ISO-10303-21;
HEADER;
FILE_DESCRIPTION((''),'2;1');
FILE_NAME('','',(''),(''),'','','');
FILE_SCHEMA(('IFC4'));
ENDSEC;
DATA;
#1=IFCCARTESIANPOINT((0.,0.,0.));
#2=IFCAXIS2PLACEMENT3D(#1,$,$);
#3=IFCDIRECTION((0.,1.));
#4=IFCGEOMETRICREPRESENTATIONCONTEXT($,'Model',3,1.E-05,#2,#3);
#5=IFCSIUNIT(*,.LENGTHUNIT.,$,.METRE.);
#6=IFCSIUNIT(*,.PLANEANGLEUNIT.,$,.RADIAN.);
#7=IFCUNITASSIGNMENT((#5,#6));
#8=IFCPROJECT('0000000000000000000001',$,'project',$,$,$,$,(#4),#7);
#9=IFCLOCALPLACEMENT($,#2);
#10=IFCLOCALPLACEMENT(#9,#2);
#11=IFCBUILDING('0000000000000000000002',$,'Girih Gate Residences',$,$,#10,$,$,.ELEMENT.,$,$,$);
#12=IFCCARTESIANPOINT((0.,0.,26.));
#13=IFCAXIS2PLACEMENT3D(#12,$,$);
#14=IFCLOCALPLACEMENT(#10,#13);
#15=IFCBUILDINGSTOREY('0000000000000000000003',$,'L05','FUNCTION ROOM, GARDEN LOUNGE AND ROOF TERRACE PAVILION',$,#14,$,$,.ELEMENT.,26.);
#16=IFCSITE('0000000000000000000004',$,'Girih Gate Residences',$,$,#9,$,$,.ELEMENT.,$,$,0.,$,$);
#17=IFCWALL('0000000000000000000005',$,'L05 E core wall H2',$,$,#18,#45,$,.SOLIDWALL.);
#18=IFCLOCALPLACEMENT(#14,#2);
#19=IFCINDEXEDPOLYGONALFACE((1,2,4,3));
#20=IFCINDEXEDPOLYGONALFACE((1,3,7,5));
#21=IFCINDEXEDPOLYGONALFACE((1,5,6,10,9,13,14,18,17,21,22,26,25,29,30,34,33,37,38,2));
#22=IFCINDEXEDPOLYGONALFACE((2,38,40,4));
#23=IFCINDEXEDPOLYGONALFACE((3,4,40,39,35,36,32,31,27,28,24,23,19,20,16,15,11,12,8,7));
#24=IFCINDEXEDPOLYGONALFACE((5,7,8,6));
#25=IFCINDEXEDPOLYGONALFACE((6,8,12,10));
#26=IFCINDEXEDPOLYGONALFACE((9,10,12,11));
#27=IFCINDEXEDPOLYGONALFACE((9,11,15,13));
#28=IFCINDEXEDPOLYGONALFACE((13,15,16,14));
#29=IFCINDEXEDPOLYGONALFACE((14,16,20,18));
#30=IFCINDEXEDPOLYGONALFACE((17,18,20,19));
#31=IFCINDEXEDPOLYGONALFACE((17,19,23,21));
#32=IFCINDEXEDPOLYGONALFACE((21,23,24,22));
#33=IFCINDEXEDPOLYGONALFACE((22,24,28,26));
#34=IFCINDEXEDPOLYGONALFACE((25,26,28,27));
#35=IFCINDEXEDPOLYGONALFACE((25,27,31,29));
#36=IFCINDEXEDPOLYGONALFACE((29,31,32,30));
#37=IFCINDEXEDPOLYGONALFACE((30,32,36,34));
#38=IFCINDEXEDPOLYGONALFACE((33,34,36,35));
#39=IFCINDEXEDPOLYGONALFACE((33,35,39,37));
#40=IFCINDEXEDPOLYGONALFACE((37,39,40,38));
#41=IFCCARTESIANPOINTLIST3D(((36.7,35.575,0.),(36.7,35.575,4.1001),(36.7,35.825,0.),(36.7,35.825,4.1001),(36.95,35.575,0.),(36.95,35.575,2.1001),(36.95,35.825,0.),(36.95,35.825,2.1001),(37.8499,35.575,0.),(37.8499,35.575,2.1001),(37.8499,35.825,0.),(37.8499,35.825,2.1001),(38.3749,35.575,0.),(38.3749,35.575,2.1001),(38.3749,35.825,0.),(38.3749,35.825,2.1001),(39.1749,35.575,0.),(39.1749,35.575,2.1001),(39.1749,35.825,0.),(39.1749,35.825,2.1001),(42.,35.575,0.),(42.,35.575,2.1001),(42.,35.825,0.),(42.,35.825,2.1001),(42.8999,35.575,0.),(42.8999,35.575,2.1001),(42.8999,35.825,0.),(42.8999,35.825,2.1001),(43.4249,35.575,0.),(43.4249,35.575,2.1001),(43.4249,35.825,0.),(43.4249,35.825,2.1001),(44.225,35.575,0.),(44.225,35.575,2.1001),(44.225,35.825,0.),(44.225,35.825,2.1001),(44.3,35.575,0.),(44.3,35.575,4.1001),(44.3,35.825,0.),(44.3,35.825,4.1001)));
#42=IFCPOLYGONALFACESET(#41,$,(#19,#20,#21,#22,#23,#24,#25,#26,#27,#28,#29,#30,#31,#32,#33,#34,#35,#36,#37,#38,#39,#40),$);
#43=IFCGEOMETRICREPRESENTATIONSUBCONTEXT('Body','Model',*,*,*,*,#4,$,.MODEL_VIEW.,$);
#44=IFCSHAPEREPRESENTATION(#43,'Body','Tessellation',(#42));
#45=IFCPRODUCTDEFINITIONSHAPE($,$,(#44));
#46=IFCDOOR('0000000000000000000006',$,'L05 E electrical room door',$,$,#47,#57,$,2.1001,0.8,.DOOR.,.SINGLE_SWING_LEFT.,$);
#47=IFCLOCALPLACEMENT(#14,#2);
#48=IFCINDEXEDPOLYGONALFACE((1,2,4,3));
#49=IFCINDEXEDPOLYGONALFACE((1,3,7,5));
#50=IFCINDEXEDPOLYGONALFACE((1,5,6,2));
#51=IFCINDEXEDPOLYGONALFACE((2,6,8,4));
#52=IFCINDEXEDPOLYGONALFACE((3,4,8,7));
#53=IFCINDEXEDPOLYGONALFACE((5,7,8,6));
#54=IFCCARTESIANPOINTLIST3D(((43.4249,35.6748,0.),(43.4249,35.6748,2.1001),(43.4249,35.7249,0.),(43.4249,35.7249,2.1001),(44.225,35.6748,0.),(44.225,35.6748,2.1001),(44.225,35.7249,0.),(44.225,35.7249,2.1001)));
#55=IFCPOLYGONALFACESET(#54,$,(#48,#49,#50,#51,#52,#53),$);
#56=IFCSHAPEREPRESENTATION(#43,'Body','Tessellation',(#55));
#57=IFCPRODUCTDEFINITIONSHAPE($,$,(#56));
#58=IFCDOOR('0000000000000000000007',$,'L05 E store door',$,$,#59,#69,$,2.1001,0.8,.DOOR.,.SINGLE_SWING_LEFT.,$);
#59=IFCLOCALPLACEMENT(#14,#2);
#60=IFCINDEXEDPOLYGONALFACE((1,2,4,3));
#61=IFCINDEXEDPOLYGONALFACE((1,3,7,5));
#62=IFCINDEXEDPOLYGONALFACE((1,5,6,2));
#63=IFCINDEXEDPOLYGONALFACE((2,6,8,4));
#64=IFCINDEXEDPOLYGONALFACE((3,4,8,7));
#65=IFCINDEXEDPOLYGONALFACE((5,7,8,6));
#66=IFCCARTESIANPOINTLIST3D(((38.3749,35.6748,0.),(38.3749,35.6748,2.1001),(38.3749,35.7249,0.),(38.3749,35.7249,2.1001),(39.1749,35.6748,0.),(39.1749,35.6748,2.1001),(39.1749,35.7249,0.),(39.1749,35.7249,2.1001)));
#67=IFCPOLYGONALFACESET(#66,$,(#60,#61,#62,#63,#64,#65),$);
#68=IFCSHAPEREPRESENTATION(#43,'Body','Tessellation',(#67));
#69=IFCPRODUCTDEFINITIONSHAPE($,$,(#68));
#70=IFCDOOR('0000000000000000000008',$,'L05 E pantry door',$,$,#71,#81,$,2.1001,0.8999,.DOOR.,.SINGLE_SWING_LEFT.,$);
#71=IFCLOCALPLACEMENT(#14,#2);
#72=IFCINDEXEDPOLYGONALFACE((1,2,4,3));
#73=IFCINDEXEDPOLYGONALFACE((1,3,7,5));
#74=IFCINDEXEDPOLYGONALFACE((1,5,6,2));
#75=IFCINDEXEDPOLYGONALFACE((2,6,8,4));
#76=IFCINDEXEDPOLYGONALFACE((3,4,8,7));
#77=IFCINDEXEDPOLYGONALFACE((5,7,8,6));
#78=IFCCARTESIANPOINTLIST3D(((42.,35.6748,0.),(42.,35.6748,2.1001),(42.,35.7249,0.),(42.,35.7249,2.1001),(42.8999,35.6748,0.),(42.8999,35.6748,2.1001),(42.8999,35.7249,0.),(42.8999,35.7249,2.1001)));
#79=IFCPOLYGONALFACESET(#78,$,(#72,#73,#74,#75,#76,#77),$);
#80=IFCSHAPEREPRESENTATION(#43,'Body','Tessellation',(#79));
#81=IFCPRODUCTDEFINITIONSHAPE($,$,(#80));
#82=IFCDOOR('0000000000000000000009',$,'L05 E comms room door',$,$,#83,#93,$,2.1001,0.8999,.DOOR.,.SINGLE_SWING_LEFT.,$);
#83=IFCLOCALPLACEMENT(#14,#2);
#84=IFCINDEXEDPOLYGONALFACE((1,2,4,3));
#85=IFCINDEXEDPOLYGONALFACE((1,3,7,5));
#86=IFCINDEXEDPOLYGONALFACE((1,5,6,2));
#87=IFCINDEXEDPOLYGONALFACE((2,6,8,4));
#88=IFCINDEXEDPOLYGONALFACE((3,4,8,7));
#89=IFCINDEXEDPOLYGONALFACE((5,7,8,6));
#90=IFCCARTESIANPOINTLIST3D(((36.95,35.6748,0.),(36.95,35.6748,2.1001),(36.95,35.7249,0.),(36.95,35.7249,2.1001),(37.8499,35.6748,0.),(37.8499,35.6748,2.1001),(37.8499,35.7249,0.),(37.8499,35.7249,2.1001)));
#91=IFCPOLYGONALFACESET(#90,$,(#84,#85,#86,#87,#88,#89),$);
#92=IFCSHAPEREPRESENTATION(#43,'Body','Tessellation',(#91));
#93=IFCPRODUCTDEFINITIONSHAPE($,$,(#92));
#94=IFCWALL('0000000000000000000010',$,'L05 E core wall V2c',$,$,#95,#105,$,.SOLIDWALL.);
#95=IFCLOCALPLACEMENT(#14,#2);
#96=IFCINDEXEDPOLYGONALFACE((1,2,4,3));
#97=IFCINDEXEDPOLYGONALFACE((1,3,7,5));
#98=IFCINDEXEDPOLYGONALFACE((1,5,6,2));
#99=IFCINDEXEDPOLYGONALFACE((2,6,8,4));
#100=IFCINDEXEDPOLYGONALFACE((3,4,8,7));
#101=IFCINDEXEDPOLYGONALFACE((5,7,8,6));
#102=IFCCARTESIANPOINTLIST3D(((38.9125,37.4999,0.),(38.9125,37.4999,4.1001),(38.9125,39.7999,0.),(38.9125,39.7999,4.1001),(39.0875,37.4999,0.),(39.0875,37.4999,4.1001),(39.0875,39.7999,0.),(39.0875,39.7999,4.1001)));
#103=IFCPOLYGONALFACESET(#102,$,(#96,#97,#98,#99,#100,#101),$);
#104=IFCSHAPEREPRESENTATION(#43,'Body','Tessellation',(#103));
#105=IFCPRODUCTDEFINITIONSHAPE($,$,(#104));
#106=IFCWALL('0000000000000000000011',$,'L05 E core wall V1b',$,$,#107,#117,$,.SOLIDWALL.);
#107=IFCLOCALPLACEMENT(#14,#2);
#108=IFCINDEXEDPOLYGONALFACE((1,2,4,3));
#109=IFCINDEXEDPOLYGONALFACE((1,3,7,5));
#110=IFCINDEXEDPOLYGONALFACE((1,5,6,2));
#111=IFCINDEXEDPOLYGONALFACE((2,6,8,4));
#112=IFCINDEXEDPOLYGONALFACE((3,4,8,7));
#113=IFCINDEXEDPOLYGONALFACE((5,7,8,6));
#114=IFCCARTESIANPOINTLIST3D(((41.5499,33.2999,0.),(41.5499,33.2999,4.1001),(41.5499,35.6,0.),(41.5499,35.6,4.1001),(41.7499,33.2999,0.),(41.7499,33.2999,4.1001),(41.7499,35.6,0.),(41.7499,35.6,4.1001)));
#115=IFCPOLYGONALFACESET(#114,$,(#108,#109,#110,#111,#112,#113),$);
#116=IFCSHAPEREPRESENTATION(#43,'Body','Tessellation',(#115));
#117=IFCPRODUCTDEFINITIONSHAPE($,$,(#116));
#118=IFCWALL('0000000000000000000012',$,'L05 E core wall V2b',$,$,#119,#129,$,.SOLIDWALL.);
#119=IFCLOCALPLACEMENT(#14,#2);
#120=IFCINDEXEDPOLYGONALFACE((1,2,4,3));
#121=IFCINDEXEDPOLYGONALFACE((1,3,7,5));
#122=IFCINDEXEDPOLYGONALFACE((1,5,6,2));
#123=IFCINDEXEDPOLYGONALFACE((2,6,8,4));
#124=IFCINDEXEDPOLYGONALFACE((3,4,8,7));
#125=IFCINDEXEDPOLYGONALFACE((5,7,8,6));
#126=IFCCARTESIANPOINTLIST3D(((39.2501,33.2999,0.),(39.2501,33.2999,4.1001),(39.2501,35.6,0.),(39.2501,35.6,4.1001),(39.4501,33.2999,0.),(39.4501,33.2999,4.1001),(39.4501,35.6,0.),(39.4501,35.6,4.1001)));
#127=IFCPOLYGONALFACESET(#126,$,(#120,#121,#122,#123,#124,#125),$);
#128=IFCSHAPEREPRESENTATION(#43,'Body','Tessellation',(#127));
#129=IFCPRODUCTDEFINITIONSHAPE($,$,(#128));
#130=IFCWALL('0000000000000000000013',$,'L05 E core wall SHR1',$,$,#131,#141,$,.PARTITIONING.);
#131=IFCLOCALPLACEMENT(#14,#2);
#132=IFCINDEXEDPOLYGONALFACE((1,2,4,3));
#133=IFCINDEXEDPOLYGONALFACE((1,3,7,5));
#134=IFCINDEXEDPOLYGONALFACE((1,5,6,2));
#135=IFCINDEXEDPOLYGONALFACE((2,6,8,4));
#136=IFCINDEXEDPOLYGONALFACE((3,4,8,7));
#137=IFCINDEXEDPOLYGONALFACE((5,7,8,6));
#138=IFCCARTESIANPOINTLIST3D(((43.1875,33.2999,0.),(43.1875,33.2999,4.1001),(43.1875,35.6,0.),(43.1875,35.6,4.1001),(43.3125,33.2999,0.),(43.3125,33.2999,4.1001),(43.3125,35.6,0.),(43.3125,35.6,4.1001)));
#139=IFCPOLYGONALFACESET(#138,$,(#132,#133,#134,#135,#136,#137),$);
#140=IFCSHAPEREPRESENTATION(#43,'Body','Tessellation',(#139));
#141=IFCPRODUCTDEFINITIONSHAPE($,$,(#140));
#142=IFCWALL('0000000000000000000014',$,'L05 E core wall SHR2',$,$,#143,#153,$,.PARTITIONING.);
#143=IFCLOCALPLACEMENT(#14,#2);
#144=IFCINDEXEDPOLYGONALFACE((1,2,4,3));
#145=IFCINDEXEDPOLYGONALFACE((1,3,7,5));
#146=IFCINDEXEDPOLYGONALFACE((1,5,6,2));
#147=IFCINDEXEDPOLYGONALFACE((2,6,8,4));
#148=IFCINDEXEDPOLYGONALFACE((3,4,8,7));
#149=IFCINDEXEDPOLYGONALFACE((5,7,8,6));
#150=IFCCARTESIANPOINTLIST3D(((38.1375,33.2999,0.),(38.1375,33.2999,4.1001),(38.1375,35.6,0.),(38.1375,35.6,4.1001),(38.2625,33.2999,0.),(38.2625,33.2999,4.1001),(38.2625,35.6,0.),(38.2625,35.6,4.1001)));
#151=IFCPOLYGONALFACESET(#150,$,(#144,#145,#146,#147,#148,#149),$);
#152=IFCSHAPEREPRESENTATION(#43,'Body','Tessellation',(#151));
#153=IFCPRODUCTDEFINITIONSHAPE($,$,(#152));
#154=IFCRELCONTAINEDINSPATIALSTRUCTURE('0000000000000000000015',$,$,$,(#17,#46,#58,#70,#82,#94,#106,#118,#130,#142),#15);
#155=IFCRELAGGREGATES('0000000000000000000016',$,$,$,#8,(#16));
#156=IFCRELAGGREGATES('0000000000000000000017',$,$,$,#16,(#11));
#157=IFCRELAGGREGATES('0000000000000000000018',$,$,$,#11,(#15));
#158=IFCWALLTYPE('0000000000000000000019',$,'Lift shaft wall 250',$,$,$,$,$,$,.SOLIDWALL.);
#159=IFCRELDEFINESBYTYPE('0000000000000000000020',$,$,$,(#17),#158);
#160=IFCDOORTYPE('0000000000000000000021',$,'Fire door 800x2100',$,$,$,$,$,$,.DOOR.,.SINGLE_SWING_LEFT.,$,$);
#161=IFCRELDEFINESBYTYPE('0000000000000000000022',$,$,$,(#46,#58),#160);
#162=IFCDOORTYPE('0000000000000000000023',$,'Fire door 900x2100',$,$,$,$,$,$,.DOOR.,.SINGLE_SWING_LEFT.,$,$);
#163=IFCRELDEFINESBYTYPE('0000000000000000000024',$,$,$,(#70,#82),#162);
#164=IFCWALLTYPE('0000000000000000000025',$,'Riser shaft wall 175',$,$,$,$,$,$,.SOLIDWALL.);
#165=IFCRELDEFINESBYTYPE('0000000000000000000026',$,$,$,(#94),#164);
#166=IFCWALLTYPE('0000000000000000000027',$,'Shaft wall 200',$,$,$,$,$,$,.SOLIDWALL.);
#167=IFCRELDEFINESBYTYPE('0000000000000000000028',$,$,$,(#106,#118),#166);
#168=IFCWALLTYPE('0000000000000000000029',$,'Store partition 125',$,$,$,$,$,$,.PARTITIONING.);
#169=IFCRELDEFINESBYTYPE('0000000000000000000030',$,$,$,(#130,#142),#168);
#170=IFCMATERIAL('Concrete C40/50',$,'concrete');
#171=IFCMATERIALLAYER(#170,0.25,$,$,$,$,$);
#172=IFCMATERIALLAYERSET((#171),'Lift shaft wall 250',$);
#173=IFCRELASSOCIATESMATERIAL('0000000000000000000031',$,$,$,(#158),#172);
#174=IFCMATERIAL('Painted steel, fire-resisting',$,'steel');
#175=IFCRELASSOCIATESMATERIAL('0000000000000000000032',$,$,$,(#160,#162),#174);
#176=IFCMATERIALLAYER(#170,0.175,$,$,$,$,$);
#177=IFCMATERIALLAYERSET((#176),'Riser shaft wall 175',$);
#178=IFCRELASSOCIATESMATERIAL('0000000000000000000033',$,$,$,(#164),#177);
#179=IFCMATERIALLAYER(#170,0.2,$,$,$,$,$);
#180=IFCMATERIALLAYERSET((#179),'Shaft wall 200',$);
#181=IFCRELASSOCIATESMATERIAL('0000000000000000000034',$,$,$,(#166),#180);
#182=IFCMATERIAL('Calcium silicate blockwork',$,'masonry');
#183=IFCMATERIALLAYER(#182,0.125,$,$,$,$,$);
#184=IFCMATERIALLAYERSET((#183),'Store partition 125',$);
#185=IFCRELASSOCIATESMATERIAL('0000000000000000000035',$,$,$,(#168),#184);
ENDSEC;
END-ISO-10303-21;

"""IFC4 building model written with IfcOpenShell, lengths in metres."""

from ifc_helpers import new_model, si_unit, direction, frame, frame_2d, origin, place, context, subcontext, project, spatial, rectangle, extrude, material, layer, layer_set, type_object, element, fill, save


model = new_model("IFC4")

# Units and contexts
model_context = context("Model", 3, precision=1e-05, world=origin(), true_north=direction((0.0, 1.0)))
body_context = subcontext(model_context, "Body", "Model", "MODEL_VIEW")
ifc_project = project(units=[si_unit("LENGTHUNIT", "METRE"), si_unit("PLANEANGLEUNIT", "RADIAN")], contexts=[model_context])

# Site, building, storey
site_placement = place(None, origin())
site = spatial("IfcSite", under=ifc_project, at=site_placement, Name="Girih Gate Residences", CompositionType="ELEMENT", RefElevation=0.0)
building_placement = place(site_placement, origin())
building = spatial("IfcBuilding", under=site, at=building_placement, Name="Girih Gate Residences", CompositionType="ELEMENT")
storey_placement = place(building_placement, frame((0.0, 0.0, 26.0)))
storey = spatial("IfcBuildingStorey", under=building, at=storey_placement, Name="L05", Description="FUNCTION ROOM, GARDEN LOUNGE AND ROOF TERRACE PAVILION", CompositionType="ELEMENT", Elevation=26.0)

# Shared definitions
ifc_material_1 = material(Name="Concrete C40/50", Category="concrete")
ifc_layer_1 = layer(ifc_material_1, 0.25)
ifc_layer_set_1 = layer_set([ifc_layer_1], Name="Lift shaft wall 250")
wall_type_1 = type_object("IfcWallType", Name="Lift shaft wall 250", PredefinedType="SOLIDWALL", material=ifc_layer_set_1)

# Wall, openings, doors
wall_1_placement = place(storey_placement, frame((36.7, 35.7, 0.0), z_axis=(0.0, 0.0, 1.0), x_axis=(1.0, 0.0, 0.0)))
wall_1 = element("IfcWall", 1, at=wall_1_placement, inside=storey, type_object=wall_type_1, Name="L05 E core wall H2", PredefinedType="SOLIDWALL", context=body_context, shape_type="SweptSolid", body=[
    extrude(rectangle(XDim=7.6001, YDim=0.25, at=frame_2d((3.8, 0.0))), origin(), (0.0, 0.0, 1.0), 4.1001),
])
opening_1_placement = place(wall_1_placement, frame((6.7251, 0.0, 0.0)))
opening_1 = element("IfcOpeningElement", 2, at=opening_1_placement, cuts=wall_1, PredefinedType="OPENING", context=body_context, shape_type="SweptSolid", body=[
    extrude(rectangle(XDim=0.8, YDim=2.1001, at=frame_2d((0.3999, 1.05))), frame((0.0, 0.135, 0.0), z_axis=(0.0, -1.0, 0.0), x_axis=(1.0, 0.0, 0.0)), (0.0, 0.0, 1.0), 0.27),
])
opening_2_placement = place(wall_1_placement, frame((5.3, 0.0, 0.0)))
opening_2 = element("IfcOpeningElement", 3, at=opening_2_placement, cuts=wall_1, PredefinedType="OPENING", context=body_context, shape_type="SweptSolid", body=[
    extrude(rectangle(XDim=0.8999, YDim=2.1001, at=frame_2d((0.45, 1.05))), frame((0.0, 0.135, 0.0), z_axis=(0.0, -1.0, 0.0), x_axis=(1.0, 0.0, 0.0)), (0.0, 0.0, 1.0), 0.27),
])
opening_3_placement = place(wall_1_placement, frame((1.675, 0.0, 0.0)))
opening_3 = element("IfcOpeningElement", 4, at=opening_3_placement, cuts=wall_1, PredefinedType="OPENING", context=body_context, shape_type="SweptSolid", body=[
    extrude(rectangle(XDim=0.8, YDim=2.1001, at=frame_2d((0.3999, 1.05))), frame((0.0, 0.135, 0.0), z_axis=(0.0, -1.0, 0.0), x_axis=(1.0, 0.0, 0.0)), (0.0, 0.0, 1.0), 0.27),
])
opening_4_placement = place(wall_1_placement, frame((0.25, 0.0, 0.0)))
opening_4 = element("IfcOpeningElement", 5, at=opening_4_placement, cuts=wall_1, PredefinedType="OPENING", context=body_context, shape_type="SweptSolid", body=[
    extrude(rectangle(XDim=0.8999, YDim=2.1001, at=frame_2d((0.45, 1.05))), frame((0.0, 0.135, 0.0), z_axis=(0.0, -1.0, 0.0), x_axis=(1.0, 0.0, 0.0)), (0.0, 0.0, 1.0), 0.27),
])
ifc_material_2 = material(Name="Painted steel, fire-resisting", Category="steel")
door_type_1 = type_object("IfcDoorType", Name="Fire door 800x2100", OperationType="SINGLE_SWING_LEFT", PredefinedType="DOOR", material=ifc_material_2)
door_1_placement = place(opening_1_placement, origin())
door_1 = element("IfcDoor", 6, at=door_1_placement, inside=storey, type_object=door_type_1, Name="L05 E electrical room door", OperationType="SINGLE_SWING_LEFT", OverallHeight=2.1001, OverallWidth=0.8, PredefinedType="DOOR", context=body_context, shape_type="SweptSolid", body=[
    extrude(rectangle(XDim=0.8, YDim=2.1001, at=frame_2d((0.3999, 1.05))), frame((0.0, 0.0249, 0.0), z_axis=(0.0, -1.0, 0.0), x_axis=(1.0, 0.0, 0.0)), (0.0, 0.0, 1.0), 0.05),
])
fill(opening_1, door_1)
door_2_placement = place(opening_3_placement, origin())
door_2 = element("IfcDoor", 7, at=door_2_placement, inside=storey, type_object=door_type_1, Name="L05 E store door", OperationType="SINGLE_SWING_LEFT", OverallHeight=2.1001, OverallWidth=0.8, PredefinedType="DOOR", context=body_context, shape_type="SweptSolid", body=[
    extrude(rectangle(XDim=0.8, YDim=2.1001, at=frame_2d((0.3999, 1.05))), frame((0.0, 0.0249, 0.0), z_axis=(0.0, -1.0, 0.0), x_axis=(1.0, 0.0, 0.0)), (0.0, 0.0, 1.0), 0.05),
])
fill(opening_3, door_2)
door_type_2 = type_object("IfcDoorType", Name="Fire door 900x2100", OperationType="SINGLE_SWING_LEFT", PredefinedType="DOOR", material=ifc_material_2)
door_3_placement = place(opening_2_placement, origin())
door_3 = element("IfcDoor", 8, at=door_3_placement, inside=storey, type_object=door_type_2, Name="L05 E pantry door", OperationType="SINGLE_SWING_LEFT", OverallHeight=2.1001, OverallWidth=0.8999, PredefinedType="DOOR", context=body_context, shape_type="SweptSolid", body=[
    extrude(rectangle(XDim=0.8999, YDim=2.1001, at=frame_2d((0.45, 1.05))), frame((0.0, 0.0249, 0.0), z_axis=(0.0, -1.0, 0.0), x_axis=(1.0, 0.0, 0.0)), (0.0, 0.0, 1.0), 0.05),
])
fill(opening_2, door_3)
door_4_placement = place(opening_4_placement, origin())
door_4 = element("IfcDoor", 9, at=door_4_placement, inside=storey, type_object=door_type_2, Name="L05 E comms room door", OperationType="SINGLE_SWING_LEFT", OverallHeight=2.1001, OverallWidth=0.8999, PredefinedType="DOOR", context=body_context, shape_type="SweptSolid", body=[
    extrude(rectangle(XDim=0.8999, YDim=2.1001, at=frame_2d((0.45, 1.05))), frame((0.0, 0.0249, 0.0), z_axis=(0.0, -1.0, 0.0), x_axis=(1.0, 0.0, 0.0)), (0.0, 0.0, 1.0), 0.05),
])
fill(opening_4, door_4)

# Walls
ifc_layer_2 = layer(ifc_material_1, 0.175)
ifc_layer_set_2 = layer_set([ifc_layer_2], Name="Riser shaft wall 175")
wall_type_2 = type_object("IfcWallType", Name="Riser shaft wall 175", PredefinedType="SOLIDWALL", material=ifc_layer_set_2)
wall_2_placement = place(storey_placement, frame((39.0, 37.5, 0.0), z_axis=(0.0, 0.0, 1.0), x_axis=(0.0, 1.0, 0.0)))
element("IfcWall", 10, at=wall_2_placement, inside=storey, type_object=wall_type_2, Name="L05 E core wall V2c", PredefinedType="SOLIDWALL", context=body_context, shape_type="SweptSolid", body=[
    extrude(rectangle(XDim=2.3, YDim=0.175, at=frame_2d((1.1499, 0.0))), origin(), (0.0, 0.0, 1.0), 4.1001),
])
ifc_layer_3 = layer(ifc_material_1, 0.2)
ifc_layer_set_3 = layer_set([ifc_layer_3], Name="Shaft wall 200")
wall_type_3 = type_object("IfcWallType", Name="Shaft wall 200", PredefinedType="SOLIDWALL", material=ifc_layer_set_3)
for number, where, z_axis, x_axis, name in (
    (11, (41.6499, 33.3, 0.0), (0.0, 0.0, 1.0), (0.0, 1.0, 0.0), "L05 E core wall V1b"),
    (12, (39.3501, 33.3, 0.0), (0.0, 0.0, 1.0), (0.0, 1.0, 0.0), "L05 E core wall V2b"),
):
    element("IfcWall", number, at=place(storey_placement, frame(where, z_axis=z_axis, x_axis=x_axis)), inside=storey, type_object=wall_type_3, Name=name, PredefinedType="SOLIDWALL", context=body_context, shape_type="SweptSolid", body=[
        extrude(rectangle(XDim=2.3, YDim=0.2, at=frame_2d((1.1499, 0.0))), origin(), (0.0, 0.0, 1.0), 4.1001),
    ])
ifc_material_3 = material(Name="Calcium silicate blockwork", Category="masonry")
ifc_layer_4 = layer(ifc_material_3, 0.125)
ifc_layer_set_4 = layer_set([ifc_layer_4], Name="Store partition 125")
wall_type_4 = type_object("IfcWallType", Name="Store partition 125", PredefinedType="PARTITIONING", material=ifc_layer_set_4)
for number, where, z_axis, x_axis, name in (
    (13, (43.25, 33.3, 0.0), (0.0, 0.0, 1.0), (0.0, 1.0, 0.0), "L05 E core wall SHR1"),
    (14, (38.2, 33.3, 0.0), (0.0, 0.0, 1.0), (0.0, 1.0, 0.0), "L05 E core wall SHR2"),
):
    element("IfcWall", number, at=place(storey_placement, frame(where, z_axis=z_axis, x_axis=x_axis)), inside=storey, type_object=wall_type_4, Name=name, PredefinedType="PARTITIONING", context=body_context, shape_type="SweptSolid", body=[
        extrude(rectangle(XDim=2.3, YDim=0.125, at=frame_2d((1.1499, 0.0))), origin(), (0.0, 0.0, 1.0), 4.1001),
    ])

save(model, "model.ifc")
